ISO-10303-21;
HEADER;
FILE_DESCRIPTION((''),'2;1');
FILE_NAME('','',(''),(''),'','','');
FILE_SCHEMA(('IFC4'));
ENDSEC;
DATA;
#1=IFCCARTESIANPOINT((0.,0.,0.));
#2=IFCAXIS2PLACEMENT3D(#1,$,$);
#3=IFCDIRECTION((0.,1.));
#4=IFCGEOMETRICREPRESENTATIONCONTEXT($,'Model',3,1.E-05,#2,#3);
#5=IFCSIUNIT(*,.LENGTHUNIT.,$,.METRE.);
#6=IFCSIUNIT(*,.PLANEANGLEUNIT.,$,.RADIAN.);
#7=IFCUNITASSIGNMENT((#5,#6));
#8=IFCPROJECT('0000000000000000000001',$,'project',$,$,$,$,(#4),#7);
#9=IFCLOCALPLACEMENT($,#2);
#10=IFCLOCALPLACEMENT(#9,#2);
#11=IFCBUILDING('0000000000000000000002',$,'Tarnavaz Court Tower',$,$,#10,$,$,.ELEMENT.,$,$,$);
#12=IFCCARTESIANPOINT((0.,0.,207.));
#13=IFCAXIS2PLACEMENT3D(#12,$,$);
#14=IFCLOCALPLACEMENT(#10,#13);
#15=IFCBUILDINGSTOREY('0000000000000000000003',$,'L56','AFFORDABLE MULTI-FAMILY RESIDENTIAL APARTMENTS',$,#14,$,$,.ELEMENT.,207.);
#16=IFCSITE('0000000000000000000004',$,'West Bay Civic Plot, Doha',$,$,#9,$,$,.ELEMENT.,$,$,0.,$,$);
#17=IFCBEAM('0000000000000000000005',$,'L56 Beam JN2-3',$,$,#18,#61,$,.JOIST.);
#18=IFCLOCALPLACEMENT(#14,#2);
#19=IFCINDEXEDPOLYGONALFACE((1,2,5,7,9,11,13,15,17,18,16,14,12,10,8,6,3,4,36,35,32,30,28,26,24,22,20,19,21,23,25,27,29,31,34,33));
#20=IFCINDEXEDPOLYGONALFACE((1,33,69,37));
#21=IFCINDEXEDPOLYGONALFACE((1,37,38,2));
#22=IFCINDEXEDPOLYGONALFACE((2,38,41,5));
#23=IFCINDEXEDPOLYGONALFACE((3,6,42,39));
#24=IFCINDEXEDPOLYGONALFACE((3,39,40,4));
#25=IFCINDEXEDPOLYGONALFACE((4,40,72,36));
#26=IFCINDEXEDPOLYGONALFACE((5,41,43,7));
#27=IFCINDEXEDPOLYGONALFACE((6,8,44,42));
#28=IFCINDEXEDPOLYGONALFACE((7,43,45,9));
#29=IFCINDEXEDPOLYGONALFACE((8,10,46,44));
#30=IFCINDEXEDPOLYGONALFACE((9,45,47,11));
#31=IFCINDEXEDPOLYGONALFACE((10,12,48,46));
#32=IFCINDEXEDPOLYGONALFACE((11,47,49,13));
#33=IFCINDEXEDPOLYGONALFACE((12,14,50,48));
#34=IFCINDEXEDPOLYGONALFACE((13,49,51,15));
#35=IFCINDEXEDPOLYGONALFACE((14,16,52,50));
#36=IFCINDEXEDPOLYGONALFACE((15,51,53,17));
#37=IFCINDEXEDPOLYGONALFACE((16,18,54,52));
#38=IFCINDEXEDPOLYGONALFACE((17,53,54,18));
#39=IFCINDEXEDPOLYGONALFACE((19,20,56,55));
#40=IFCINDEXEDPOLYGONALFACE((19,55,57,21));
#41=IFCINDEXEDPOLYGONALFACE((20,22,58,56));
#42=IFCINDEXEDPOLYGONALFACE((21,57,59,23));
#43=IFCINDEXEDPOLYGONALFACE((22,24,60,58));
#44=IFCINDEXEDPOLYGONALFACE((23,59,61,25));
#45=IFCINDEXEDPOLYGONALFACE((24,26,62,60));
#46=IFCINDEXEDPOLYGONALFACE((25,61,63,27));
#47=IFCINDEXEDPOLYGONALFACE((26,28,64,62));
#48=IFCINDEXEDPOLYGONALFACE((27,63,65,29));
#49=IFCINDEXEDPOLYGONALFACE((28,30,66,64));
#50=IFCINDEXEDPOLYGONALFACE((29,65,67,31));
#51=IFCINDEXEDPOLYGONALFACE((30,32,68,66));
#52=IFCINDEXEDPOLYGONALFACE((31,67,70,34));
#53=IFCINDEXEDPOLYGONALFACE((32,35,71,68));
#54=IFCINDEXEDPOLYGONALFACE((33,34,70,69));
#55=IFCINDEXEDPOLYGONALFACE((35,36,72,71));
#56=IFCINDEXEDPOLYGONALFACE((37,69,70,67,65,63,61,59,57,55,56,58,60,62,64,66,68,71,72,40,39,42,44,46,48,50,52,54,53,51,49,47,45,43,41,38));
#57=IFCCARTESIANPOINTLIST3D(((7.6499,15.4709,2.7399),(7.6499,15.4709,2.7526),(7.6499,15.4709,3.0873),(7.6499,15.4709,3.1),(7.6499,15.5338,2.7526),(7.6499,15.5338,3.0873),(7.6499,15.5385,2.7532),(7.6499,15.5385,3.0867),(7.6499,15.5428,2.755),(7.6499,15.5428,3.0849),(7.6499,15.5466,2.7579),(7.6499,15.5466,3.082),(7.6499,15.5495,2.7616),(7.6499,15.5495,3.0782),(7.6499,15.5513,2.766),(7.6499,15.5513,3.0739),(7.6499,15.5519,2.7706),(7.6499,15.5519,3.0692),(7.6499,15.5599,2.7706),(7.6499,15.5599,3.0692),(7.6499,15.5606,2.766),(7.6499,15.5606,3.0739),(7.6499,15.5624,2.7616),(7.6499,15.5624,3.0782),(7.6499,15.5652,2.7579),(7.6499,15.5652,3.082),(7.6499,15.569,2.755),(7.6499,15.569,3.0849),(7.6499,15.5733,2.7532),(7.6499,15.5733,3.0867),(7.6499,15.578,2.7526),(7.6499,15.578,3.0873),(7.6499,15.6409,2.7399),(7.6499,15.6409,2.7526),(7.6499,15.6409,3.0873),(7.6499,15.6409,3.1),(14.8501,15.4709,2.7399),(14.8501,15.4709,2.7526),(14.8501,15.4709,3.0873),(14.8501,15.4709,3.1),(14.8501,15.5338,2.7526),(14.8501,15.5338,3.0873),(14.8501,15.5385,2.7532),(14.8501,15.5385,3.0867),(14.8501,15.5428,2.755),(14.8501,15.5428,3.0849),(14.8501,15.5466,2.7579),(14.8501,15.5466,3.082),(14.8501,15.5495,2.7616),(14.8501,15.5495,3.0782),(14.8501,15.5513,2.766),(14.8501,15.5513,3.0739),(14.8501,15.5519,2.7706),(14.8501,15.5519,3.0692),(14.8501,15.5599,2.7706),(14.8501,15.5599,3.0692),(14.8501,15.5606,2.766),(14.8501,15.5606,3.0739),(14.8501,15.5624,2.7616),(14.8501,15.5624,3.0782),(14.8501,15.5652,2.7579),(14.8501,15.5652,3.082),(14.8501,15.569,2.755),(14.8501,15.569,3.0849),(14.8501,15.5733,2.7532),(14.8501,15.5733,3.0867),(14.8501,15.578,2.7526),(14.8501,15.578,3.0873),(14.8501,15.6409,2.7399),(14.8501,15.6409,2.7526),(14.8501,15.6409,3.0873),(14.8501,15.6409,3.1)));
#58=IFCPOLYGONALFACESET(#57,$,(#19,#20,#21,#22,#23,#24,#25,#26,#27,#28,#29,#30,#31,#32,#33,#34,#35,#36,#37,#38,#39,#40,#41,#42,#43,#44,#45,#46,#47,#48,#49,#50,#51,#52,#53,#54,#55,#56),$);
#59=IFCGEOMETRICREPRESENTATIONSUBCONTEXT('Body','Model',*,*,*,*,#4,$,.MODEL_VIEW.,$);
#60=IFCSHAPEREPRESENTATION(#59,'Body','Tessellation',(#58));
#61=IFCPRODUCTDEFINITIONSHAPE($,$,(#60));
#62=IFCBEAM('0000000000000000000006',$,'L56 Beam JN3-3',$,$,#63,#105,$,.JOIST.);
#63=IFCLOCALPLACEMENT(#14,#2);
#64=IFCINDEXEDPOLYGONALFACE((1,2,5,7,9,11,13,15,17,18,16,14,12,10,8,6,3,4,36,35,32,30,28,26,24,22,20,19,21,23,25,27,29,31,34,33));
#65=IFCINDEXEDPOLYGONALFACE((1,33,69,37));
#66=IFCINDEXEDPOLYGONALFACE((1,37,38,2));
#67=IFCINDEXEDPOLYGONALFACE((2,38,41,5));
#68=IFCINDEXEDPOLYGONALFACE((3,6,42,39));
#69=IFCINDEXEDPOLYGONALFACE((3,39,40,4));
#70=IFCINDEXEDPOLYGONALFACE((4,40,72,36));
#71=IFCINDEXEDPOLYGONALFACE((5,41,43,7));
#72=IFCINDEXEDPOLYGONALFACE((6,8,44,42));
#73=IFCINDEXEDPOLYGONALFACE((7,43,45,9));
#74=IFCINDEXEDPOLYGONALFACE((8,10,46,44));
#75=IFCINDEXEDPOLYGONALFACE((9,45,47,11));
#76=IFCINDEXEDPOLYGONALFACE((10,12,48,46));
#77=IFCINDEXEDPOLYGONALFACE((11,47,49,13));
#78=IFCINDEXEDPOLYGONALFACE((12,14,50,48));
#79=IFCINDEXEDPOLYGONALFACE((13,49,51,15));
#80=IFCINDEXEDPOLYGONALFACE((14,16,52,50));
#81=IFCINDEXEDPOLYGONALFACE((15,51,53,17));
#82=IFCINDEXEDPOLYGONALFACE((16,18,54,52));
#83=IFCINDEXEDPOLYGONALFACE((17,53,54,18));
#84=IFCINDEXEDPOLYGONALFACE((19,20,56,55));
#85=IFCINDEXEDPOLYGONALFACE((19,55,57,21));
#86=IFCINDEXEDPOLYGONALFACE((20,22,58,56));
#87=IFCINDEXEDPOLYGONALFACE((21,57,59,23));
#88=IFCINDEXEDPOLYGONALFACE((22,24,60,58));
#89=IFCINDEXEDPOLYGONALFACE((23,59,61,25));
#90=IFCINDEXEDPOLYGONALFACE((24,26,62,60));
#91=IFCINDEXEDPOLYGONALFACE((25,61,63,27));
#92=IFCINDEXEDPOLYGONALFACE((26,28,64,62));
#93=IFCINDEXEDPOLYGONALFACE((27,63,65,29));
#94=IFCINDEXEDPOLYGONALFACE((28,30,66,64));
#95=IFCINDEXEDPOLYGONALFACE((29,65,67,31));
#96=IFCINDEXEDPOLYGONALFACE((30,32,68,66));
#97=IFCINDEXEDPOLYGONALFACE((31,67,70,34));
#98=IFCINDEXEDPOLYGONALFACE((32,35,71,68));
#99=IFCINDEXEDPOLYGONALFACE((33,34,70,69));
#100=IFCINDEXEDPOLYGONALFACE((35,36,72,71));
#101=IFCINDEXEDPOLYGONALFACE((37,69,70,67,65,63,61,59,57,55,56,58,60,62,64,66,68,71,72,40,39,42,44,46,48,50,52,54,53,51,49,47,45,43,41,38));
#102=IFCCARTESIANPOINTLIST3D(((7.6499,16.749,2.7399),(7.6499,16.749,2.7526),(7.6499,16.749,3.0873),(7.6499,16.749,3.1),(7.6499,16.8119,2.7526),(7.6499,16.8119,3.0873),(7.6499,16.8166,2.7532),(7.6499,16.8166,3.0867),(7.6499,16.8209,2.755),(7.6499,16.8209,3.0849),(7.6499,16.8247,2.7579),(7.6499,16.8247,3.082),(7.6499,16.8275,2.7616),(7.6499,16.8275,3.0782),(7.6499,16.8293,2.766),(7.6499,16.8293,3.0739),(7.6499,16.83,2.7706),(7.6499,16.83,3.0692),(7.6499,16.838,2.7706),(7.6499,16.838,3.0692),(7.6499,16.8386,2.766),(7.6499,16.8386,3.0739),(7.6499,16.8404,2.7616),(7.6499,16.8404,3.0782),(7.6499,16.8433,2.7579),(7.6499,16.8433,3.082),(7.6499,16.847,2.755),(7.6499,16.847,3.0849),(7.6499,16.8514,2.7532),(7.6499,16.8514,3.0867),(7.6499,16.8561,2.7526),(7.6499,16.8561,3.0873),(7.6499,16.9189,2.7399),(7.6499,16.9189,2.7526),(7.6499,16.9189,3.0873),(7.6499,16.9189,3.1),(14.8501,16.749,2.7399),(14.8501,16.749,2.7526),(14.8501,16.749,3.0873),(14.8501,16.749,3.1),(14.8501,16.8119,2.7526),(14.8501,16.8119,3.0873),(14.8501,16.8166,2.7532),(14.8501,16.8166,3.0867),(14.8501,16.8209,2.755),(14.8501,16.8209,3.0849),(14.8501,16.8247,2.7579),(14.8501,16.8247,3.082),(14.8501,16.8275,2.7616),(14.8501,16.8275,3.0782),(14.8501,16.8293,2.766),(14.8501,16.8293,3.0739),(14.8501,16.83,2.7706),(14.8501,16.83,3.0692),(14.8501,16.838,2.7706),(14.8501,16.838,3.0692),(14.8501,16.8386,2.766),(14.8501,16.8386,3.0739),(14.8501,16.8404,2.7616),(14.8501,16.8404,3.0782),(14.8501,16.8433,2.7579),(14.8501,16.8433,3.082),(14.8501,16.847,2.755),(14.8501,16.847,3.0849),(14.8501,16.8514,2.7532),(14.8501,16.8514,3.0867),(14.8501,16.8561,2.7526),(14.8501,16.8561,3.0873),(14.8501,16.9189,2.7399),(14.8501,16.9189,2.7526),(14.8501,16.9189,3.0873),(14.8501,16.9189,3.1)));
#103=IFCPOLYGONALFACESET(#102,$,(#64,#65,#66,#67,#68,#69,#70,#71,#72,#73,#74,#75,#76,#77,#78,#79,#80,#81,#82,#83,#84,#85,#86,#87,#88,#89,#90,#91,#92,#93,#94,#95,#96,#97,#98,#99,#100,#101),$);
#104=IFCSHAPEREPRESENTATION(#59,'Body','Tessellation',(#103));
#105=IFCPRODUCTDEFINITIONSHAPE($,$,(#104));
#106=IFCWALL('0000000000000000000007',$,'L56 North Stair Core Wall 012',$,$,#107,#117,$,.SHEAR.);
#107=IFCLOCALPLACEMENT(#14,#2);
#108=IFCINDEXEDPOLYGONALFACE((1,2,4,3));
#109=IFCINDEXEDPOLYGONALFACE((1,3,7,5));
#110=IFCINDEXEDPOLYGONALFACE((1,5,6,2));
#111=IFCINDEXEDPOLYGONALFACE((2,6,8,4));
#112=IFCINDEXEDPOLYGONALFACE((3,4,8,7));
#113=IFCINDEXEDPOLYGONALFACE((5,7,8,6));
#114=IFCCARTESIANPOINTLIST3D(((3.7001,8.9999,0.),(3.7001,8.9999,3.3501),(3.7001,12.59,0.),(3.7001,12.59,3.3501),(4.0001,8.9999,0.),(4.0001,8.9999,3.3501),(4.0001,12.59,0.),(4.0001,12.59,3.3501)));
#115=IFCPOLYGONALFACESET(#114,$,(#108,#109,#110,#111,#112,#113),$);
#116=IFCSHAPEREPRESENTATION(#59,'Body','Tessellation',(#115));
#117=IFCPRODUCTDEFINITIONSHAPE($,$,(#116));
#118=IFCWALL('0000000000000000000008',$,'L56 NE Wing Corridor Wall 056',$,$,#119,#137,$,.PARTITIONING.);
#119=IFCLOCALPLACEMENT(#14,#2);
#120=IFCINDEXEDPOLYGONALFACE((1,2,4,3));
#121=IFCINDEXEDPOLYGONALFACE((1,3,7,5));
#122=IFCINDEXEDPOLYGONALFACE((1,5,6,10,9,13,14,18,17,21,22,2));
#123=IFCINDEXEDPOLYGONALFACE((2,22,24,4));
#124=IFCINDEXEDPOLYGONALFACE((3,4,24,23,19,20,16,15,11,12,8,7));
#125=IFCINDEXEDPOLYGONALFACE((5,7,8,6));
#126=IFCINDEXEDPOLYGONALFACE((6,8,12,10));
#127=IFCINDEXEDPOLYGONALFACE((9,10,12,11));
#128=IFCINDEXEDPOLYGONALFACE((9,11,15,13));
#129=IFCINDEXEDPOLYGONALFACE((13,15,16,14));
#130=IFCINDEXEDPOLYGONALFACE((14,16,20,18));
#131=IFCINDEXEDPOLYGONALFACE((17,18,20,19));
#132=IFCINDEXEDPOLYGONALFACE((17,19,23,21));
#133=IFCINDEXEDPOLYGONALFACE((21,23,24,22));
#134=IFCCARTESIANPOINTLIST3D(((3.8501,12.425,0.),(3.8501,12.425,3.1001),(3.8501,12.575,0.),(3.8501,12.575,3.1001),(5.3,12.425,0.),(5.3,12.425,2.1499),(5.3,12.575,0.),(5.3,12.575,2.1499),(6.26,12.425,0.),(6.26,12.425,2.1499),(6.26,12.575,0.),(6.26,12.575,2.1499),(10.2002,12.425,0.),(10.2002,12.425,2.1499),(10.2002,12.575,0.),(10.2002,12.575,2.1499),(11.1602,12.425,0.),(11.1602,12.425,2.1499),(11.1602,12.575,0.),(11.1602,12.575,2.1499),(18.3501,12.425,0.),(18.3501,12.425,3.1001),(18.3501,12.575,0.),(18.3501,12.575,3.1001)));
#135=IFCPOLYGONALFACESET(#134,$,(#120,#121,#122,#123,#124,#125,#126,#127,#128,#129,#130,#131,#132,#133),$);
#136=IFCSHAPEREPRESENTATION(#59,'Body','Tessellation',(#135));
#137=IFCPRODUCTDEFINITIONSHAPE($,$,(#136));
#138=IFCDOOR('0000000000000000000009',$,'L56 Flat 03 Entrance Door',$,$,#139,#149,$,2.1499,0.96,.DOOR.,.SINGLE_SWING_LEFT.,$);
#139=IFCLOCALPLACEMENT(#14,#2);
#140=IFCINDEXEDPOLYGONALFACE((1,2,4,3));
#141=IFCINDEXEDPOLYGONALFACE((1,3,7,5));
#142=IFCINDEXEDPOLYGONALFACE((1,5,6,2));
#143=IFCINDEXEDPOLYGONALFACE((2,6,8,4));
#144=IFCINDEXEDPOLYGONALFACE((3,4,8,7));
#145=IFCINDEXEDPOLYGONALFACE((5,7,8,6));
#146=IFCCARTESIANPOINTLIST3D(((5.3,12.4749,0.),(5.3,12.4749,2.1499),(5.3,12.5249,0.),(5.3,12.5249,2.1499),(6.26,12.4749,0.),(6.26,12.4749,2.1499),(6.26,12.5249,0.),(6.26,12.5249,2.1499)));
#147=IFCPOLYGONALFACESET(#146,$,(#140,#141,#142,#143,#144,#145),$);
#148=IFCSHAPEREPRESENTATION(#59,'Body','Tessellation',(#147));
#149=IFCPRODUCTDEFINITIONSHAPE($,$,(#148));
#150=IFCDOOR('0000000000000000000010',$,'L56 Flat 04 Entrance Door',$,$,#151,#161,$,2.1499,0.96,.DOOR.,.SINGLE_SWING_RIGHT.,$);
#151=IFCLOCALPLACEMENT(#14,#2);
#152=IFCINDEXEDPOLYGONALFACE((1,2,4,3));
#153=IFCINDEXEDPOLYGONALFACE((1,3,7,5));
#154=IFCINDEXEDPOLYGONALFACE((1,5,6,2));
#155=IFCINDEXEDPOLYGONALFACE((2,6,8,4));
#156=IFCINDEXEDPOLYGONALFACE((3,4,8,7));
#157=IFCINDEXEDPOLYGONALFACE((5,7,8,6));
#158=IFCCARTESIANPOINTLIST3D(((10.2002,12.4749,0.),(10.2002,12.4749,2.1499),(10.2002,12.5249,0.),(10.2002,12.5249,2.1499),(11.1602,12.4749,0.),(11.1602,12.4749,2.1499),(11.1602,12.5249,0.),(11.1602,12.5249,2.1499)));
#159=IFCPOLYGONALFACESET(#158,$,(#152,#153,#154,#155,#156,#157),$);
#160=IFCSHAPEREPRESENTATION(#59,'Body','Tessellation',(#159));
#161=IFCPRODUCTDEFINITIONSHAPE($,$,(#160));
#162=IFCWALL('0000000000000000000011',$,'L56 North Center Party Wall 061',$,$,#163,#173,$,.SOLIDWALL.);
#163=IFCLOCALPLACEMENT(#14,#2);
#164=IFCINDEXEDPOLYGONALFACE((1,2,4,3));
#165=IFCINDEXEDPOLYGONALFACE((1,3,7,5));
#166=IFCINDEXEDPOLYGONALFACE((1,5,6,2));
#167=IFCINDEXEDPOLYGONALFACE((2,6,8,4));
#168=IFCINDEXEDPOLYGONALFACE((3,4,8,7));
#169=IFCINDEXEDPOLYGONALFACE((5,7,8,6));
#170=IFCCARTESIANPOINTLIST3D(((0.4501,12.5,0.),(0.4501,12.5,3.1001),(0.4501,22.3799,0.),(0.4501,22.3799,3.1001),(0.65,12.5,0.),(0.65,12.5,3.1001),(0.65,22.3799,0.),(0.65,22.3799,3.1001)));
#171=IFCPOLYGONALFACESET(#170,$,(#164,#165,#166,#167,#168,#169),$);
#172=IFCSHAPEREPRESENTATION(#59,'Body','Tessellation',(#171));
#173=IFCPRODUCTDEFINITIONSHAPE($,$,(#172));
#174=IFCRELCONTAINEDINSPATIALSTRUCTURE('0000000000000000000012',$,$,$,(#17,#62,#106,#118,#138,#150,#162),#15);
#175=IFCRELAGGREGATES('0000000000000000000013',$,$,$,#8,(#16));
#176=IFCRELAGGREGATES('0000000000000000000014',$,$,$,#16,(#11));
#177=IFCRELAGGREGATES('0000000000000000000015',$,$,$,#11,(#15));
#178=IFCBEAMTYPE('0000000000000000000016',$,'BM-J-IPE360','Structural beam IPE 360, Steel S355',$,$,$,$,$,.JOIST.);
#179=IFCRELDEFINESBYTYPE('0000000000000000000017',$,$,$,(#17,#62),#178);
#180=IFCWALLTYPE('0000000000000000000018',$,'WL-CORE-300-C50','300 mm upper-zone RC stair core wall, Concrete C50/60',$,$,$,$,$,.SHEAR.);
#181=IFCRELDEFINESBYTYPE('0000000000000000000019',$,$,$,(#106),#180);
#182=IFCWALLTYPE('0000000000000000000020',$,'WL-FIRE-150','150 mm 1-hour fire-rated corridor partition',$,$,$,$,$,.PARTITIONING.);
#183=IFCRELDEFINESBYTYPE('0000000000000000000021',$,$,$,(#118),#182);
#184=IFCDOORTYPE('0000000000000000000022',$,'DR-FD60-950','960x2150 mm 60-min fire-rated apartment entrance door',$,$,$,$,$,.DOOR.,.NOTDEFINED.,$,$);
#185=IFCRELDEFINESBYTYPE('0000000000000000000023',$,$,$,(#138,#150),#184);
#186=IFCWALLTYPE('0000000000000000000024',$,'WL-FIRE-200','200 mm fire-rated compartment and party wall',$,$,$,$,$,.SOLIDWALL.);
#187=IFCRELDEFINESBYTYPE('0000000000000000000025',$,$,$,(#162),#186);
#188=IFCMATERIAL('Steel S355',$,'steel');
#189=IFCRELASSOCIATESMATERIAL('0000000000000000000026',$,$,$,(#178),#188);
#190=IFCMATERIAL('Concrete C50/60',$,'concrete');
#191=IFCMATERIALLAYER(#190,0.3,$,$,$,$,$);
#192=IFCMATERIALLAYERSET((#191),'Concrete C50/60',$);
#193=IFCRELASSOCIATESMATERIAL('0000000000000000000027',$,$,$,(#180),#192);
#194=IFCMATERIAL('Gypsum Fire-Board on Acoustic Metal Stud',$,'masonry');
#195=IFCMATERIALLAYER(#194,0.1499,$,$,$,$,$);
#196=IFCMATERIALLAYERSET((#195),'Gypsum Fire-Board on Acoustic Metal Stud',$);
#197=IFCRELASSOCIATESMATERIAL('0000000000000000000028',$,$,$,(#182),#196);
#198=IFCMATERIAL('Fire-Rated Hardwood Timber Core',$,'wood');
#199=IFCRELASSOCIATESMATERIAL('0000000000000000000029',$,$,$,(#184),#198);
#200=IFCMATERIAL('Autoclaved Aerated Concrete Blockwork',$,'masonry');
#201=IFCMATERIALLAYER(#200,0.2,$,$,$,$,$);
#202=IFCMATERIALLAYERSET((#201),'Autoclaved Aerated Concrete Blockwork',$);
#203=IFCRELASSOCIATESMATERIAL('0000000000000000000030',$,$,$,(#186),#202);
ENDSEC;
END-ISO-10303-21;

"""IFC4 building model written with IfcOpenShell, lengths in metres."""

from ifc_helpers import new_model, si_unit, direction, frame, frame_2d, origin, origin_2d, place, context, subcontext, project, spatial, rectangle, i_section, extrude, material, layer, layer_set, material_profile, profile_set, type_object, element, fill, save


model = new_model("IFC4")

# Units and contexts
model_context = context("Model", 3, precision=1e-05, world=origin(), true_north=direction((0.0, 1.0)))
body_context = subcontext(model_context, "Body", "Model", "MODEL_VIEW")
ifc_project = project(units=[si_unit("LENGTHUNIT", "METRE"), si_unit("PLANEANGLEUNIT", "RADIAN")], contexts=[model_context])

# Site, building, storey
site_placement = place(None, origin())
site = spatial("IfcSite", under=ifc_project, at=site_placement, Name="West Bay Civic Plot, Doha", CompositionType="ELEMENT", RefElevation=0.0)
building_placement = place(site_placement, origin())
building = spatial("IfcBuilding", under=site, at=building_placement, Name="Tarnavaz Court Tower", CompositionType="ELEMENT")
storey_placement = place(building_placement, frame((0.0, 0.0, 207.0)))
storey = spatial("IfcBuildingStorey", under=building, at=storey_placement, Name="L56", Description="AFFORDABLE MULTI-FAMILY RESIDENTIAL APARTMENTS", CompositionType="ELEMENT", Elevation=207.0)

# Shared definitions
ifc_material_1 = material(Name="Concrete C50/60", Category="concrete")

# Beams
ifc_material_2 = material(Name="Steel S355", Category="steel")
ifc_material_profile_1 = material_profile(ifc_material_2, i_section(OverallWidth=0.1699, OverallDepth=0.3601, WebThickness=0.0081, FlangeThickness=0.0127, FilletRadius=0.0181, at=origin_2d()), Name="IPE 360")
ifc_profile_set_1 = profile_set([ifc_material_profile_1], Name="Steel S355")
beam_type_1 = type_object("IfcBeamType", Name="BM-J-IPE360", Description="Structural beam IPE 360, Steel S355", PredefinedType="JOIST", material=ifc_profile_set_1)
for number, where, z_axis, x_axis, name in (
    (1, (7.6499, 15.5559, 2.9199), (1.0, 0.0, 0.0), (0.0, 1.0, 0.0), "L56 Beam JN2-3"),
    (2, (7.6499, 16.834, 2.9199), (1.0, 0.0, 0.0), (0.0, 1.0, 0.0), "L56 Beam JN3-3"),
):
    element("IfcBeam", number, at=place(storey_placement, frame(where, z_axis=z_axis, x_axis=x_axis)), inside=storey, type_object=beam_type_1, Name=name, PredefinedType="JOIST", context=body_context, shape_type="SweptSolid", body=[
        extrude(i_section(OverallWidth=0.1699, OverallDepth=0.3601, WebThickness=0.0081, FlangeThickness=0.0127, FilletRadius=0.0181, at=origin_2d()), origin(), (0.0, 0.0, 1.0), 7.2002),
    ])

# Wall
ifc_layer_1 = layer(ifc_material_1, 0.3)
ifc_layer_set_1 = layer_set([ifc_layer_1], Name="Concrete C50/60")
wall_type_1 = type_object("IfcWallType", Name="WL-CORE-300-C50", Description="300 mm upper-zone RC stair core wall, Concrete C50/60", PredefinedType="SHEAR", material=ifc_layer_set_1)
wall_1_placement = place(storey_placement, frame((3.8501, 9.0, 0.0), z_axis=(0.0, 0.0, 1.0), x_axis=(0.0, 1.0, 0.0)))
element("IfcWall", 3, at=wall_1_placement, inside=storey, type_object=wall_type_1, Name="L56 North Stair Core Wall 012", PredefinedType="SHEAR", context=body_context, shape_type="SweptSolid", body=[
    extrude(rectangle(XDim=3.5901, YDim=0.3, at=frame_2d((1.7949, 0.0))), origin(), (0.0, 0.0, 1.0), 3.3501),
])

# Wall, openings, doors
ifc_material_3 = material(Name="Gypsum Fire-Board on Acoustic Metal Stud", Category="masonry")
ifc_layer_2 = layer(ifc_material_3, 0.1499)
ifc_layer_set_2 = layer_set([ifc_layer_2], Name="Gypsum Fire-Board on Acoustic Metal Stud")
wall_type_2 = type_object("IfcWallType", Name="WL-FIRE-150", Description="150 mm 1-hour fire-rated corridor partition", PredefinedType="PARTITIONING", material=ifc_layer_set_2)
wall_2_placement = place(storey_placement, frame((3.8501, 12.5, 0.0), z_axis=(0.0, 0.0, 1.0), x_axis=(1.0, 0.0, 0.0)))
wall_2 = element("IfcWall", 4, at=wall_2_placement, inside=storey, type_object=wall_type_2, Name="L56 NE Wing Corridor Wall 056", PredefinedType="PARTITIONING", context=body_context, shape_type="SweptSolid", body=[
    extrude(rectangle(XDim=14.5, YDim=0.1499, at=frame_2d((7.25, 0.0))), origin(), (0.0, 0.0, 1.0), 3.1001),
])
opening_1_placement = place(wall_2_placement, frame((1.45, 0.0, 0.0)))
opening_1 = element("IfcOpeningElement", 5, at=opening_1_placement, cuts=wall_2, PredefinedType="OPENING", context=body_context, shape_type="SweptSolid", body=[
    extrude(rectangle(XDim=0.96, YDim=2.1499, at=frame_2d((0.48, 1.075))), frame((0.0, 0.085, 0.0), z_axis=(0.0, -1.0, 0.0), x_axis=(1.0, 0.0, 0.0)), (0.0, 0.0, 1.0), 0.1699),
])
opening_2_placement = place(wall_2_placement, frame((6.3501, 0.0, 0.0)))
opening_2 = element("IfcOpeningElement", 6, at=opening_2_placement, cuts=wall_2, PredefinedType="OPENING", context=body_context, shape_type="SweptSolid", body=[
    extrude(rectangle(XDim=0.96, YDim=2.1499, at=frame_2d((0.48, 1.075))), frame((0.0, 0.085, 0.0), z_axis=(0.0, -1.0, 0.0), x_axis=(1.0, 0.0, 0.0)), (0.0, 0.0, 1.0), 0.1699),
])
ifc_material_4 = material(Name="Fire-Rated Hardwood Timber Core", Category="wood")
door_type_1 = type_object("IfcDoorType", Name="DR-FD60-950", Description="960x2150 mm 60-min fire-rated apartment entrance door", OperationType="NOTDEFINED", PredefinedType="DOOR", material=ifc_material_4)
door_1_placement = place(opening_1_placement, origin())
door_1 = element("IfcDoor", 7, at=door_1_placement, inside=storey, type_object=door_type_1, Name="L56 Flat 03 Entrance Door", OperationType="SINGLE_SWING_LEFT", OverallHeight=2.1499, OverallWidth=0.96, PredefinedType="DOOR", context=body_context, shape_type="SweptSolid", body=[
    extrude(rectangle(XDim=0.96, YDim=2.1499, at=frame_2d((0.48, 1.075))), frame((0.0, 0.0249, 0.0), z_axis=(0.0, -1.0, 0.0), x_axis=(1.0, 0.0, 0.0)), (0.0, 0.0, 1.0), 0.05),
])
fill(opening_1, door_1)
door_2_placement = place(opening_2_placement, origin())
door_2 = element("IfcDoor", 8, at=door_2_placement, inside=storey, type_object=door_type_1, Name="L56 Flat 04 Entrance Door", OperationType="SINGLE_SWING_RIGHT", OverallHeight=2.1499, OverallWidth=0.96, PredefinedType="DOOR", context=body_context, shape_type="SweptSolid", body=[
    extrude(rectangle(XDim=0.96, YDim=2.1499, at=frame_2d((0.48, 1.075))), frame((0.0, 0.0249, 0.0), z_axis=(0.0, -1.0, 0.0), x_axis=(1.0, 0.0, 0.0)), (0.0, 0.0, 1.0), 0.05),
])
fill(opening_2, door_2)

# Wall
ifc_material_5 = material(Name="Autoclaved Aerated Concrete Blockwork", Category="masonry")
ifc_layer_3 = layer(ifc_material_5, 0.2)
ifc_layer_set_3 = layer_set([ifc_layer_3], Name="Autoclaved Aerated Concrete Blockwork")
wall_type_3 = type_object("IfcWallType", Name="WL-FIRE-200", Description="200 mm fire-rated compartment and party wall", PredefinedType="SOLIDWALL", material=ifc_layer_set_3)
wall_3_placement = place(storey_placement, frame((0.55, 12.5, 0.0), z_axis=(0.0, 0.0, 1.0), x_axis=(0.0, 1.0, 0.0)))
element("IfcWall", 9, at=wall_3_placement, inside=storey, type_object=wall_type_3, Name="L56 North Center Party Wall 061", PredefinedType="SOLIDWALL", context=body_context, shape_type="SweptSolid", body=[
    extrude(rectangle(XDim=9.8799, YDim=0.2, at=frame_2d((4.9399, 0.0))), origin(), (0.0, 0.0, 1.0), 3.1001),
])

save(model, "model.ifc")
